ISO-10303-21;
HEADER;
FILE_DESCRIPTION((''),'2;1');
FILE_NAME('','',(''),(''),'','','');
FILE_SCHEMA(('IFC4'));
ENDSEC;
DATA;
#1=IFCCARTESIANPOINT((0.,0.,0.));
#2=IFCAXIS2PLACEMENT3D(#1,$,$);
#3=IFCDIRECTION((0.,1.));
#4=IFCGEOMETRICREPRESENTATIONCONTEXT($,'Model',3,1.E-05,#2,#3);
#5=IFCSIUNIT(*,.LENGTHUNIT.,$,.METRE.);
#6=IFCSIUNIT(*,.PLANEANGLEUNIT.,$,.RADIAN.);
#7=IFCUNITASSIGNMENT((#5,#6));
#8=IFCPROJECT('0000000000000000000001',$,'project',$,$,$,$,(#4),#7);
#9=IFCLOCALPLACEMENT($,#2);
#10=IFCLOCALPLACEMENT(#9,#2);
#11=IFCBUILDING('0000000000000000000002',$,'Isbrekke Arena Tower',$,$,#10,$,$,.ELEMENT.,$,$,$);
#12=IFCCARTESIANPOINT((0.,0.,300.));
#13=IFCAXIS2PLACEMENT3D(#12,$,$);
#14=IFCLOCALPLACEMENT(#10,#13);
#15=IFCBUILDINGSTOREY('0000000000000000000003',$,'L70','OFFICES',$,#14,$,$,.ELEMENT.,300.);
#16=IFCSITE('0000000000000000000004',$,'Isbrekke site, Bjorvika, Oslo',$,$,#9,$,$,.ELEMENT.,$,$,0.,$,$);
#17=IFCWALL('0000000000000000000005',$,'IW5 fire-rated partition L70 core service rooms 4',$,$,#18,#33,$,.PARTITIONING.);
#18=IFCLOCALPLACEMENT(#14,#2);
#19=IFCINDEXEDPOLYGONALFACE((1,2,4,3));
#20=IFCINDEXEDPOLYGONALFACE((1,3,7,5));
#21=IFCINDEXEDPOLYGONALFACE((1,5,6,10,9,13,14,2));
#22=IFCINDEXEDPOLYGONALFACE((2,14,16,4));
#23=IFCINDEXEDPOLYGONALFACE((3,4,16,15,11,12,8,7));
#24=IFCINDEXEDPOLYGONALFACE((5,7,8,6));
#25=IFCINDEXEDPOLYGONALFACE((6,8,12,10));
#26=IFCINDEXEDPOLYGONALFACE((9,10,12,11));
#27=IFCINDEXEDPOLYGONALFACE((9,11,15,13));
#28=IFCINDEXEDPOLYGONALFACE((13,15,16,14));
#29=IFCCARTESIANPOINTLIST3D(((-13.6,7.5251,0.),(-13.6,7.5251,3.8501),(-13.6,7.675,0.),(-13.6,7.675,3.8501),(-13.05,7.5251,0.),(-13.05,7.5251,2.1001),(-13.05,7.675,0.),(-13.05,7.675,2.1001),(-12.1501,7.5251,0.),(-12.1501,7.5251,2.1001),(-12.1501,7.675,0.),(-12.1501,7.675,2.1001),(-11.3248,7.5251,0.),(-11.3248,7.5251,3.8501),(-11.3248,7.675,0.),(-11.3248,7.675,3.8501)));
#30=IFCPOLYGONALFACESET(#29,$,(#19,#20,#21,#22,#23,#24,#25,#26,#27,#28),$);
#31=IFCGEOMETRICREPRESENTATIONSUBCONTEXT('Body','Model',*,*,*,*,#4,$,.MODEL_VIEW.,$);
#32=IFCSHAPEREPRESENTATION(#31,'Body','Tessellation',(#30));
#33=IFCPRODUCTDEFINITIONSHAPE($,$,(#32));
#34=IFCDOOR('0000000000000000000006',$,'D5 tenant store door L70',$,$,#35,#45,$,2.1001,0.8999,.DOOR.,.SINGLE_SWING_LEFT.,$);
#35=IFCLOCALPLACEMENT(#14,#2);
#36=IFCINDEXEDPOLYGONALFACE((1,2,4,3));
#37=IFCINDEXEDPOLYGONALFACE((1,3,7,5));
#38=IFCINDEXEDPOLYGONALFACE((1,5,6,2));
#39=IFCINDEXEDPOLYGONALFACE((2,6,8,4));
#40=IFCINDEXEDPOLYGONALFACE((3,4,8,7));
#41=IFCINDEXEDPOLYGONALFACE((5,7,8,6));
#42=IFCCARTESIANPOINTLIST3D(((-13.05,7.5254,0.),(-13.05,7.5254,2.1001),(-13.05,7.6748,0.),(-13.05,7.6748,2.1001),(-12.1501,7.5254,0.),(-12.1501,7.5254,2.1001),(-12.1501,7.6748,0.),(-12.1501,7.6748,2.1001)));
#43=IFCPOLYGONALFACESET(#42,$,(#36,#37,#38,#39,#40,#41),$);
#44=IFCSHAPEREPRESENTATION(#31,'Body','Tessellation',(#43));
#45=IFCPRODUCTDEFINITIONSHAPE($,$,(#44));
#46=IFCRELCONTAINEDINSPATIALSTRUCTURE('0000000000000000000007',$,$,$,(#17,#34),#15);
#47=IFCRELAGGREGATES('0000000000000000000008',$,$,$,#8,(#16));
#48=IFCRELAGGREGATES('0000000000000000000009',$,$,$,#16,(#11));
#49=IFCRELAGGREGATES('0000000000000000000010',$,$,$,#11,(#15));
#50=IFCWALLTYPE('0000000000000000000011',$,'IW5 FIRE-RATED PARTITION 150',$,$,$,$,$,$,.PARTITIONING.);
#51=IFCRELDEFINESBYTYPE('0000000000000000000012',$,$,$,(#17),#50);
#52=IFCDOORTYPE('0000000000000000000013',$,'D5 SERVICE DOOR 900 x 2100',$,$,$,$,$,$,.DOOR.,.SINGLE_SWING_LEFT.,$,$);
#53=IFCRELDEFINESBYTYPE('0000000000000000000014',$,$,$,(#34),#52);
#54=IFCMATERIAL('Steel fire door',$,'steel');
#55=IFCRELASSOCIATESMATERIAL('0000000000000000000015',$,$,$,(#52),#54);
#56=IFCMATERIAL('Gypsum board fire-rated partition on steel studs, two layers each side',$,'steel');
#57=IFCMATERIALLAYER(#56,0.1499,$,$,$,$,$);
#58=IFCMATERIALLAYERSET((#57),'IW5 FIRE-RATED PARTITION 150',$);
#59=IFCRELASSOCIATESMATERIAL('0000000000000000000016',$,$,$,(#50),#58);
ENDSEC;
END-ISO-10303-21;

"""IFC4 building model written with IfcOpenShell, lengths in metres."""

from ifc_helpers import new_model, si_unit, direction, frame, frame_2d, origin, place, context, subcontext, project, spatial, rectangle, extrude, material, layer, layer_set, type_object, element, fill, save


model = new_model("IFC4")

# Units and contexts
model_context = context("Model", 3, precision=1e-05, world=origin(), true_north=direction((0.0, 1.0)))
body_context = subcontext(model_context, "Body", "Model", "MODEL_VIEW")
ifc_project = project(units=[si_unit("LENGTHUNIT", "METRE"), si_unit("PLANEANGLEUNIT", "RADIAN")], contexts=[model_context])

# Site, building, storey
site_placement = place(None, origin())
site = spatial("IfcSite", under=ifc_project, at=site_placement, Name="Isbrekke site, Bjorvika, Oslo", CompositionType="ELEMENT", RefElevation=0.0)
building_placement = place(site_placement, origin())
building = spatial("IfcBuilding", under=site, at=building_placement, Name="Isbrekke Arena Tower", CompositionType="ELEMENT")
storey_placement = place(building_placement, frame((0.0, 0.0, 300.0)))
storey = spatial("IfcBuildingStorey", under=building, at=storey_placement, Name="L70", Description="OFFICES", CompositionType="ELEMENT", Elevation=300.0)

# Shared definitions
ifc_material_1 = material(Name="Steel fire door", Category="steel")
door_type_1 = type_object("IfcDoorType", Name="D5 SERVICE DOOR 900 x 2100", OperationType="SINGLE_SWING_LEFT", PredefinedType="DOOR", material=ifc_material_1)

# Wall, opening, door
ifc_material_2 = material(Name="Gypsum board fire-rated partition on steel studs, two layers each side", Category="steel")
ifc_layer_1 = layer(ifc_material_2, 0.1499)
ifc_layer_set_1 = layer_set([ifc_layer_1], Name="IW5 FIRE-RATED PARTITION 150")
wall_type_1 = type_object("IfcWallType", Name="IW5 FIRE-RATED PARTITION 150", PredefinedType="PARTITIONING", material=ifc_layer_set_1)
wall_1_placement = place(storey_placement, frame((-13.6001, 7.6001, 0.0), z_axis=(0.0, 0.0, 1.0), x_axis=(1.0, 0.0, 0.0)))
wall_1 = element("IfcWall", 1, at=wall_1_placement, inside=storey, type_object=wall_type_1, Name="IW5 fire-rated partition L70 core service rooms 4", PredefinedType="PARTITIONING", context=body_context, shape_type="SweptSolid", body=[
    extrude(rectangle(XDim=2.2751, YDim=0.1499, at=frame_2d((1.1377, 0.0))), origin(), (0.0, 0.0, 1.0), 3.8501),
])
opening_1_placement = place(wall_1_placement, frame((0.55, 0.0, 0.0)))
opening_1 = element("IfcOpeningElement", 2, at=opening_1_placement, cuts=wall_1, PredefinedType="OPENING", context=body_context, shape_type="SweptSolid", body=[
    extrude(rectangle(XDim=0.8999, YDim=2.1001, at=frame_2d((0.45, 1.05))), frame((0.0, 0.0898, 0.0), z_axis=(0.0, -1.0, 0.0), x_axis=(1.0, 0.0, 0.0)), (0.0, 0.0, 1.0), 0.1797),
])
door_1_placement = place(opening_1_placement, origin())
door_1 = element("IfcDoor", 3, at=door_1_placement, inside=storey, type_object=door_type_1, Name="D5 tenant store door L70", OperationType="SINGLE_SWING_LEFT", OverallHeight=2.1001, OverallWidth=0.8999, PredefinedType="DOOR", context=body_context, shape_type="SweptSolid", body=[
    extrude(rectangle(XDim=0.8999, YDim=2.1001, at=frame_2d((0.45, 1.05))), frame((0.0, 0.0747, 0.0), z_axis=(0.0, -1.0, 0.0), x_axis=(1.0, 0.0, 0.0)), (0.0, 0.0, 1.0), 0.1494),
])
fill(opening_1, door_1)

save(model, "model.ifc")
